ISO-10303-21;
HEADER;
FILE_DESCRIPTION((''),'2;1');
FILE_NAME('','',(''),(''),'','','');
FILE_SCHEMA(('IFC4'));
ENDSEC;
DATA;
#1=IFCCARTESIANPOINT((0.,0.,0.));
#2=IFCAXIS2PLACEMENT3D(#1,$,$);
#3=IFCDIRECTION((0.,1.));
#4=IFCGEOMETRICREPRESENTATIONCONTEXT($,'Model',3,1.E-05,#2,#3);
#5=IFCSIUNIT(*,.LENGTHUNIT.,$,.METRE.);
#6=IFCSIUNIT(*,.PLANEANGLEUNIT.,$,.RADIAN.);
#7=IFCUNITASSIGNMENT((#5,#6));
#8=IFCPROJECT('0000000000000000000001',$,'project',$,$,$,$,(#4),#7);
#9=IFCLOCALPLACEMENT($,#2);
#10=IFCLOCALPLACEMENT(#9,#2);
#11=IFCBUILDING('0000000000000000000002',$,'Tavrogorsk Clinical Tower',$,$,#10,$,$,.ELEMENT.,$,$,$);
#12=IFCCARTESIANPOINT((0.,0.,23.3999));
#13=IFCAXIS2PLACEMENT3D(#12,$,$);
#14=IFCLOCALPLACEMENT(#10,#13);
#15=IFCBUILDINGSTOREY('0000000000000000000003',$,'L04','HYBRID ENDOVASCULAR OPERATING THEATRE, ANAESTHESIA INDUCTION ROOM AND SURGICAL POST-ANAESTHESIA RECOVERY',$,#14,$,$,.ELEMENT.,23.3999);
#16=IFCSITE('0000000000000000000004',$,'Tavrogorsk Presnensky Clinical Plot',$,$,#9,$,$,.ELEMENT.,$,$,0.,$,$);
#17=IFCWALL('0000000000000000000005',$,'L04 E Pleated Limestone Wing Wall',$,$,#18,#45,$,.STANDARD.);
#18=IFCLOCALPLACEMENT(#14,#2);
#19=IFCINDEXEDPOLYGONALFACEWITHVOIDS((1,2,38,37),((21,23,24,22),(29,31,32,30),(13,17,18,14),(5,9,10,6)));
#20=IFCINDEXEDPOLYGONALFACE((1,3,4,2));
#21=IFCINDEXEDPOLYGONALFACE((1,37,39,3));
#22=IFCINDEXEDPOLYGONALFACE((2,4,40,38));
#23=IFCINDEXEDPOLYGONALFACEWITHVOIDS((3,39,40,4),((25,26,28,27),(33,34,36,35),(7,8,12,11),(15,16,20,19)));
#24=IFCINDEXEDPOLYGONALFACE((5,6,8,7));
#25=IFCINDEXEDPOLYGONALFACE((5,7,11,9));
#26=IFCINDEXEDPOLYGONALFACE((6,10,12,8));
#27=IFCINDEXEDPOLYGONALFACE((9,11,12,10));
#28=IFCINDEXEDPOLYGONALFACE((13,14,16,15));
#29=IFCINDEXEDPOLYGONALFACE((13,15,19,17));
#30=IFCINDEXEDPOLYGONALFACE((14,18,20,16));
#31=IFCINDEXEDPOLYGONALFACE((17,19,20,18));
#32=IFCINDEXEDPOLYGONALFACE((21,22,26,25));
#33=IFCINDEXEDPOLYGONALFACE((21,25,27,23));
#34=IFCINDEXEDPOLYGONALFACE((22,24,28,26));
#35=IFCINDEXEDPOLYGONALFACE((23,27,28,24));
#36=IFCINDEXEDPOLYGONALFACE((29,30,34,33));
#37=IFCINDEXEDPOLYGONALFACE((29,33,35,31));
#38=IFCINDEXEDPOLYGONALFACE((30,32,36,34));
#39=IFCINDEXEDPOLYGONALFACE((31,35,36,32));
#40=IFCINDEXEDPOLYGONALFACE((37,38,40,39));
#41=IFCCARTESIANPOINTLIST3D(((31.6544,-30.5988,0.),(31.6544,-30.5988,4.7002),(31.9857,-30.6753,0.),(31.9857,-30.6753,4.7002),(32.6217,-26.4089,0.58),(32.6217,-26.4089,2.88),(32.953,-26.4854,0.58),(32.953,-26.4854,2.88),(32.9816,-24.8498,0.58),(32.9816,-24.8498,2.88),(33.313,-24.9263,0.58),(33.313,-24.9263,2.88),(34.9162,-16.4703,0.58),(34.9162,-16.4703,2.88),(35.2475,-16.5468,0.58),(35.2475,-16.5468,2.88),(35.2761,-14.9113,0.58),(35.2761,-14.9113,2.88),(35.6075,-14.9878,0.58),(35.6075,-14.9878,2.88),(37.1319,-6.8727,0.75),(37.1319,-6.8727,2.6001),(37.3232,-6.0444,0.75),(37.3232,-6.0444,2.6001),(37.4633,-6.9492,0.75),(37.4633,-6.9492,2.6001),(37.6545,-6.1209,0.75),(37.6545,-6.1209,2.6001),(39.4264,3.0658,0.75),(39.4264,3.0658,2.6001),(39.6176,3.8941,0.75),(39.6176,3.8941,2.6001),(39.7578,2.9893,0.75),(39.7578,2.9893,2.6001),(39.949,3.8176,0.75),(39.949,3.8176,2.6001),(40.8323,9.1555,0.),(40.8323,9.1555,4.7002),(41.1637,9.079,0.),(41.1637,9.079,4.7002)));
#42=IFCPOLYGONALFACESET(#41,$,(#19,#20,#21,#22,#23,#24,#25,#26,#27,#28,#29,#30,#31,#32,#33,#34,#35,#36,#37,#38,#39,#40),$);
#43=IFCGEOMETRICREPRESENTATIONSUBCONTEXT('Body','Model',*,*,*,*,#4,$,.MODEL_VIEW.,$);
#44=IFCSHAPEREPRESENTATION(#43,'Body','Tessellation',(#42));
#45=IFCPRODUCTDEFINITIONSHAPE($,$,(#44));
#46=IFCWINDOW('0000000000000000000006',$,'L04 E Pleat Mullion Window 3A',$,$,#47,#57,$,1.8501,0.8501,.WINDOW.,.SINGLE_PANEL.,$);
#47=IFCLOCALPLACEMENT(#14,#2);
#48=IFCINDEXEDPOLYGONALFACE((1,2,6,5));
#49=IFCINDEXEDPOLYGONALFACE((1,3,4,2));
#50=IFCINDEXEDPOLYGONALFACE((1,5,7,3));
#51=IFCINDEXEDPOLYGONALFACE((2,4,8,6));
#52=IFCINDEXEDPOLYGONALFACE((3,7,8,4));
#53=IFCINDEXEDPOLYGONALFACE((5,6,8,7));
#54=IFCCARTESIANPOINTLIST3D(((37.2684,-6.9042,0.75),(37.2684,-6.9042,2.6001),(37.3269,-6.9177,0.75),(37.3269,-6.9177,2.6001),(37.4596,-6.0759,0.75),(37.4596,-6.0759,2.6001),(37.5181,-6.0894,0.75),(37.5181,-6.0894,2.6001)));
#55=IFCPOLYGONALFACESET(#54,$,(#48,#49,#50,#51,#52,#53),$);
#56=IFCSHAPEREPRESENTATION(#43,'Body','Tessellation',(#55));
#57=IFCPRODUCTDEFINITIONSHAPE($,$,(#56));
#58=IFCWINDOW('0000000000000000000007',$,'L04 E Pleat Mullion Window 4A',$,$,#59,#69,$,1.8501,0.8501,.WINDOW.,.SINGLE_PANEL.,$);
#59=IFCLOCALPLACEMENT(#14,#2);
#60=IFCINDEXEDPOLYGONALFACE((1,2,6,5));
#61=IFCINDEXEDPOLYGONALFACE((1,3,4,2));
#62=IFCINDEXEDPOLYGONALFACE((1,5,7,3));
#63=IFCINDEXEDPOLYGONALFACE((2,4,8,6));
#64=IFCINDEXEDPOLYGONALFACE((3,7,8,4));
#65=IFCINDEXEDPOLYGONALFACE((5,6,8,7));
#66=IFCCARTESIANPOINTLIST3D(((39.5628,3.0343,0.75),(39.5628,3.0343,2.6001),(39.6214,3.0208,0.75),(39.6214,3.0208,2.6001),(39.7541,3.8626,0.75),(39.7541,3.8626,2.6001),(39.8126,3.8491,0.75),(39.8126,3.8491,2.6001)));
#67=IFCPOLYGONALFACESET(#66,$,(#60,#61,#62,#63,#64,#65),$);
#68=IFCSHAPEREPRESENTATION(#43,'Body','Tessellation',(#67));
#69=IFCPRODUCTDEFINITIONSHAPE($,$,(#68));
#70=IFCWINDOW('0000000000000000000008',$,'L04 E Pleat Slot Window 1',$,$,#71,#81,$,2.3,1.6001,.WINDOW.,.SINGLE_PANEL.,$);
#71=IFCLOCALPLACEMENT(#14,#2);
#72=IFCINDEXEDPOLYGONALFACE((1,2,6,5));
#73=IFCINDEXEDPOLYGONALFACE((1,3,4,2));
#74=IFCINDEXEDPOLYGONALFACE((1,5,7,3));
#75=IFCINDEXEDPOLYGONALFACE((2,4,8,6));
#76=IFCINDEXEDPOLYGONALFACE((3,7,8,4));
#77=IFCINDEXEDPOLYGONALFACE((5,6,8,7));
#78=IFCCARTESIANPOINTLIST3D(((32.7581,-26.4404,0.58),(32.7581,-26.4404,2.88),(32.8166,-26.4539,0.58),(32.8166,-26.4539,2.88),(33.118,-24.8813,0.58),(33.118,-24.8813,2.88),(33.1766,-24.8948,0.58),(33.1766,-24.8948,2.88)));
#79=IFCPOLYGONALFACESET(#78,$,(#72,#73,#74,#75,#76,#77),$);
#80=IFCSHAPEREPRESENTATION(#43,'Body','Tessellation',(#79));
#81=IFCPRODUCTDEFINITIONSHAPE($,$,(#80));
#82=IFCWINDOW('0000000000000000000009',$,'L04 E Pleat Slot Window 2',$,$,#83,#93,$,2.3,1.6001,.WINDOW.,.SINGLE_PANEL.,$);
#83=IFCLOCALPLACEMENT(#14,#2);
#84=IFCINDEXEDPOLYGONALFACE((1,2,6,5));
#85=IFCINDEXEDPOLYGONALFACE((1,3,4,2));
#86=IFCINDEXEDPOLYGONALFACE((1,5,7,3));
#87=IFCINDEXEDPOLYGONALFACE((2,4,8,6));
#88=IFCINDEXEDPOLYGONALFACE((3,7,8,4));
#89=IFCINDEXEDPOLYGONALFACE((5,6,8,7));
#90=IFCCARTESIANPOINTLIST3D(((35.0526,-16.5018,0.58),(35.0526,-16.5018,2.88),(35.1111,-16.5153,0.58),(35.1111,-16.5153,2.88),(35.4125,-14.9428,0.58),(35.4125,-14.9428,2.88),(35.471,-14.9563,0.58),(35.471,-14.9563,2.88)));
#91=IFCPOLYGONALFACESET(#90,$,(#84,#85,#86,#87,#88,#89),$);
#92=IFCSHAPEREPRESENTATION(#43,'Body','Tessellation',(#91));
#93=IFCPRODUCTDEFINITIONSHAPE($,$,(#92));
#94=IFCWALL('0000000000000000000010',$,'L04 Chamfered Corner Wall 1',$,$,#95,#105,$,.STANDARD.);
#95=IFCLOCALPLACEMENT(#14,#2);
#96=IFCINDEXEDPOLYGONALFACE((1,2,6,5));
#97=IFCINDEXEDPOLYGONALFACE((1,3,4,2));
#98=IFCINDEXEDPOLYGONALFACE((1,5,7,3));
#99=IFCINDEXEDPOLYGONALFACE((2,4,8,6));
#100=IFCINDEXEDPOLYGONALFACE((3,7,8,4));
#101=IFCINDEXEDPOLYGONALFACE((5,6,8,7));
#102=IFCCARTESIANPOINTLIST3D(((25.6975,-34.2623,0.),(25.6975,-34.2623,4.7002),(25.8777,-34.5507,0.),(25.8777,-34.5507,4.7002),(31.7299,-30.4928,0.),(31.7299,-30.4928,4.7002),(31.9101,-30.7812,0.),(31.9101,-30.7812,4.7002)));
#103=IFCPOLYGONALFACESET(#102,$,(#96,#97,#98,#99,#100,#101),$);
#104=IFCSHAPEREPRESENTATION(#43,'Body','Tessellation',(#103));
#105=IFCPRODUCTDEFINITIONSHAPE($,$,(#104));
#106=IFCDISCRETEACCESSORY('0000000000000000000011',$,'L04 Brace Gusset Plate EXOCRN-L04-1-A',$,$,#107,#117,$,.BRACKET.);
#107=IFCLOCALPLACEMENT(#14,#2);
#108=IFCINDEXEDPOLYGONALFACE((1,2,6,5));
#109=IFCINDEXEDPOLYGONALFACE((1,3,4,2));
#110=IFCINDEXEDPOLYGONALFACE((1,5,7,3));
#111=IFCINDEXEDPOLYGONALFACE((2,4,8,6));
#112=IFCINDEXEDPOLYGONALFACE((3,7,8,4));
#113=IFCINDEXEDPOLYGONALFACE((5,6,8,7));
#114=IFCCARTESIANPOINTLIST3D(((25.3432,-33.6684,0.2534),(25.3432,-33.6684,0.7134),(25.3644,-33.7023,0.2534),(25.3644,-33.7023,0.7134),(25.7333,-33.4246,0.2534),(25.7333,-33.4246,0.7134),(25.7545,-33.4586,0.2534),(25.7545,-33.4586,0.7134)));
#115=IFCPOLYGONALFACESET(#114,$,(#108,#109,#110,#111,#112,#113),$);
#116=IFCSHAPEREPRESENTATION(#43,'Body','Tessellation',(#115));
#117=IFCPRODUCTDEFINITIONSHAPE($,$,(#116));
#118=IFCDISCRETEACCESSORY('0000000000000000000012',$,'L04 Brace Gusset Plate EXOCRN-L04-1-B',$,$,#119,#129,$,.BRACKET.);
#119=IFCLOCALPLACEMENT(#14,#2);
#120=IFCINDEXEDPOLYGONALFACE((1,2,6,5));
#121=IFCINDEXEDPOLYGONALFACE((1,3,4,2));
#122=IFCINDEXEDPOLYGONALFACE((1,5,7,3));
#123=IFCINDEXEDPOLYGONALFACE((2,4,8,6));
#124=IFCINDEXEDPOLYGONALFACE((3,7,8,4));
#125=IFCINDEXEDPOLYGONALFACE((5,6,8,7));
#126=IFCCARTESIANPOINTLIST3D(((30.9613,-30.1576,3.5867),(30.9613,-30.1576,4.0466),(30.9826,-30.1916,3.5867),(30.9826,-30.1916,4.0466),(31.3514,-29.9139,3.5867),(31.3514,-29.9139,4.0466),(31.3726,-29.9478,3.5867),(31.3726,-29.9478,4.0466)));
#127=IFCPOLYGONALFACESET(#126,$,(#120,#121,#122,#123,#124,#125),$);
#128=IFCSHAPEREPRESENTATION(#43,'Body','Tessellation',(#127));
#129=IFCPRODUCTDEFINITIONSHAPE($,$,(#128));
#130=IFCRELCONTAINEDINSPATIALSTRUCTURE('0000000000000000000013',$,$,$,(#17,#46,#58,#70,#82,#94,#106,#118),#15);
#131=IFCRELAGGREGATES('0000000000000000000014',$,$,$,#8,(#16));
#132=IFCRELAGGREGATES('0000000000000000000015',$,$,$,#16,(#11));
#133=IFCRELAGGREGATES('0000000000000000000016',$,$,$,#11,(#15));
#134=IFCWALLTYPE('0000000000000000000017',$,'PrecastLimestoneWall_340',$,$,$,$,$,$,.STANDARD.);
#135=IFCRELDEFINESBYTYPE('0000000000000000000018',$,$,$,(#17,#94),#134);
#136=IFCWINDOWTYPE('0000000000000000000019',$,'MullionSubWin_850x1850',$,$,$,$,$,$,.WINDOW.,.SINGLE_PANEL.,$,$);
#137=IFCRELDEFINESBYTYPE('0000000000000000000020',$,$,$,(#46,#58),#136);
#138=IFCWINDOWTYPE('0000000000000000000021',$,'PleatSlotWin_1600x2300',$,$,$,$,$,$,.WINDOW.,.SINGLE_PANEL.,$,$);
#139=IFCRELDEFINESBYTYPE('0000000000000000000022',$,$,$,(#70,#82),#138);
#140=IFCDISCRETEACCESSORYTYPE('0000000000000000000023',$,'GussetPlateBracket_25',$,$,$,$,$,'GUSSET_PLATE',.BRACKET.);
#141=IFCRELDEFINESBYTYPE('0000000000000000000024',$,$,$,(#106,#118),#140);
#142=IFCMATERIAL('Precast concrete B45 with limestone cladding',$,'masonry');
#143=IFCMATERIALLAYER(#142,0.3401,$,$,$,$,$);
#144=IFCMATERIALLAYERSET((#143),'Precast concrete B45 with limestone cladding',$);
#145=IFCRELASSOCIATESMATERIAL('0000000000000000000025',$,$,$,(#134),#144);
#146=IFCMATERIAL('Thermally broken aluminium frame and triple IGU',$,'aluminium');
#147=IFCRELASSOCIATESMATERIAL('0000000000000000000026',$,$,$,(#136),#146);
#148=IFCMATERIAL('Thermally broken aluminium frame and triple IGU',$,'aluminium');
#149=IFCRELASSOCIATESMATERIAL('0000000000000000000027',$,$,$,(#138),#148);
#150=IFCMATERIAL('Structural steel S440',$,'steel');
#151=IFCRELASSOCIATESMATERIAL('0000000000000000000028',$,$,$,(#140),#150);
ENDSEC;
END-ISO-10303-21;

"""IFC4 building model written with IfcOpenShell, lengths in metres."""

from ifc_helpers import new_model, si_unit, direction, frame, frame_2d, origin, origin_2d, place, context, subcontext, project, spatial, rectangle, extrude, material, layer, layer_set, type_object, element, fill, save


model = new_model("IFC4")

# Units and contexts
model_context = context("Model", 3, precision=1e-05, world=origin(), true_north=direction((0.0, 1.0)))
body_context = subcontext(model_context, "Body", "Model", "MODEL_VIEW")
ifc_project = project(units=[si_unit("LENGTHUNIT", "METRE"), si_unit("PLANEANGLEUNIT", "RADIAN")], contexts=[model_context])

# Site, building, storey
site_placement = place(None, origin())
site = spatial("IfcSite", under=ifc_project, at=site_placement, Name="Tavrogorsk Presnensky Clinical Plot", CompositionType="ELEMENT", RefElevation=0.0)
building_placement = place(site_placement, origin())
building = spatial("IfcBuilding", under=site, at=building_placement, Name="Tavrogorsk Clinical Tower", CompositionType="ELEMENT")
storey_placement = place(building_placement, frame((0.0, 0.0, 23.3999)))
storey = spatial("IfcBuildingStorey", under=building, at=storey_placement, Name="L04", Description="HYBRID ENDOVASCULAR OPERATING THEATRE, ANAESTHESIA INDUCTION ROOM AND SURGICAL POST-ANAESTHESIA RECOVERY", CompositionType="ELEMENT", Elevation=23.3999)

# Wall, openings, windows
ifc_material_1 = material(Name="Precast concrete B45 with limestone cladding", Category="masonry")
ifc_layer_1 = layer(ifc_material_1, 0.3401)
ifc_layer_set_1 = layer_set([ifc_layer_1], Name="Precast concrete B45 with limestone cladding")
wall_type_1 = type_object("IfcWallType", Name="PrecastLimestoneWall_340", PredefinedType="STANDARD", material=ifc_layer_set_1)
wall_1_placement = place(storey_placement, frame((31.8201, -30.637, 0.0), z_axis=(0.0, 0.0, 1.0), x_axis=(0.22495, 0.97437, 0.0)))
wall_1 = element("IfcWall", 1, at=wall_1_placement, inside=storey, type_object=wall_type_1, Name="L04 E Pleated Limestone Wing Wall", PredefinedType="STANDARD", context=body_context, shape_type="SweptSolid", body=[
    extrude(rectangle(XDim=40.8, YDim=0.3401, at=frame_2d((20.3999, 0.0))), origin(), (0.0, 0.0, 1.0), 4.7002),
])
opening_1_placement = place(wall_1_placement, frame((4.3, 0.0, 0.5801)))
opening_1 = element("IfcOpeningElement", 2, at=opening_1_placement, cuts=wall_1, PredefinedType="OPENING", context=body_context, shape_type="SweptSolid", body=[
    extrude(rectangle(XDim=1.6001, YDim=2.3, at=frame_2d((0.8, 1.1499))), frame((0.0, 0.1799, 0.0), z_axis=(0.0, -1.0, 0.0), x_axis=(1.0, 0.0, 0.0)), (0.0, 0.0, 1.0), 0.3601),
])
opening_2_placement = place(wall_1_placement, frame((14.5, 0.0, 0.5801)))
opening_2 = element("IfcOpeningElement", 3, at=opening_2_placement, cuts=wall_1, PredefinedType="OPENING", context=body_context, shape_type="SweptSolid", body=[
    extrude(rectangle(XDim=1.6001, YDim=2.3, at=frame_2d((0.8, 1.1499))), frame((0.0, 0.1799, 0.0), z_axis=(0.0, -1.0, 0.0), x_axis=(1.0, 0.0, 0.0)), (0.0, 0.0, 1.0), 0.3601),
])
opening_3_placement = place(wall_1_placement, frame((24.3501, 0.0, 0.75)))
opening_3 = element("IfcOpeningElement", 4, at=opening_3_placement, cuts=wall_1, PredefinedType="OPENING", context=body_context, shape_type="SweptSolid", body=[
    extrude(rectangle(XDim=0.8501, YDim=1.8501, at=frame_2d((0.425, 0.925))), frame((0.0, 0.1799, 0.0), z_axis=(0.0, -1.0, 0.0), x_axis=(1.0, 0.0, 0.0)), (0.0, 0.0, 1.0), 0.3601),
])
opening_4_placement = place(wall_1_placement, frame((34.55, 0.0, 0.75)))
opening_4 = element("IfcOpeningElement", 5, at=opening_4_placement, cuts=wall_1, PredefinedType="OPENING", context=body_context, shape_type="SweptSolid", body=[
    extrude(rectangle(XDim=0.8501, YDim=1.8501, at=frame_2d((0.425, 0.925))), frame((0.0, 0.1799, 0.0), z_axis=(0.0, -1.0, 0.0), x_axis=(1.0, 0.0, 0.0)), (0.0, 0.0, 1.0), 0.3601),
])
ifc_material_2 = material(Name="Thermally broken aluminium frame and triple IGU", Category="aluminium")
window_type_1 = type_object("IfcWindowType", Name="MullionSubWin_850x1850", PartitioningType="SINGLE_PANEL", PredefinedType="WINDOW", material=ifc_material_2)
window_1_placement = place(opening_3_placement, origin())
window_1 = element("IfcWindow", 6, at=window_1_placement, inside=storey, type_object=window_type_1, Name="L04 E Pleat Mullion Window 3A", OverallHeight=1.8501, OverallWidth=0.8501, PartitioningType="SINGLE_PANEL", PredefinedType="WINDOW", context=body_context, shape_type="SweptSolid", body=[
    extrude(rectangle(XDim=0.8501, YDim=1.8501, at=frame_2d((0.425, 0.925))), frame((0.0, 0.03, 0.0), z_axis=(0.0, -1.0, 0.0), x_axis=(1.0, 0.0, 0.0)), (0.0, 0.0, 1.0), 0.0601),
])
fill(opening_3, window_1)
window_2_placement = place(opening_4_placement, origin())
window_2 = element("IfcWindow", 7, at=window_2_placement, inside=storey, type_object=window_type_1, Name="L04 E Pleat Mullion Window 4A", OverallHeight=1.8501, OverallWidth=0.8501, PartitioningType="SINGLE_PANEL", PredefinedType="WINDOW", context=body_context, shape_type="SweptSolid", body=[
    extrude(rectangle(XDim=0.8501, YDim=1.8501, at=frame_2d((0.425, 0.925))), frame((0.0, 0.03, 0.0), z_axis=(0.0, -1.0, 0.0), x_axis=(1.0, 0.0, 0.0)), (0.0, 0.0, 1.0), 0.0601),
])
fill(opening_4, window_2)
ifc_material_3 = material(Name="Thermally broken aluminium frame and triple IGU", Category="aluminium")
window_type_2 = type_object("IfcWindowType", Name="PleatSlotWin_1600x2300", PartitioningType="SINGLE_PANEL", PredefinedType="WINDOW", material=ifc_material_3)
window_3_placement = place(opening_1_placement, origin())
window_3 = element("IfcWindow", 8, at=window_3_placement, inside=storey, type_object=window_type_2, Name="L04 E Pleat Slot Window 1", OverallHeight=2.3, OverallWidth=1.6001, PartitioningType="SINGLE_PANEL", PredefinedType="WINDOW", context=body_context, shape_type="SweptSolid", body=[
    extrude(rectangle(XDim=1.6001, YDim=2.3, at=frame_2d((0.8, 1.1499))), frame((0.0, 0.03, 0.0), z_axis=(0.0, -1.0, 0.0), x_axis=(1.0, 0.0, 0.0)), (0.0, 0.0, 1.0), 0.0601),
])
fill(opening_1, window_3)
window_4_placement = place(opening_2_placement, origin())
window_4 = element("IfcWindow", 9, at=window_4_placement, inside=storey, type_object=window_type_2, Name="L04 E Pleat Slot Window 2", OverallHeight=2.3, OverallWidth=1.6001, PartitioningType="SINGLE_PANEL", PredefinedType="WINDOW", context=body_context, shape_type="SweptSolid", body=[
    extrude(rectangle(XDim=1.6001, YDim=2.3, at=frame_2d((0.8, 1.1499))), frame((0.0, 0.03, 0.0), z_axis=(0.0, -1.0, 0.0), x_axis=(1.0, 0.0, 0.0)), (0.0, 0.0, 1.0), 0.0601),
])
fill(opening_2, window_4)

# Wall
wall_2_placement = place(storey_placement, frame((25.7876, -34.4065, 0.0), z_axis=(0.0, 0.0, 1.0), x_axis=(0.848047, 0.529922, 0.0)))
element("IfcWall", 10, at=wall_2_placement, inside=storey, type_object=wall_type_1, Name="L04 Chamfered Corner Wall 1", PredefinedType="STANDARD", context=body_context, shape_type="SweptSolid", body=[
    extrude(rectangle(XDim=7.1133, YDim=0.3401, at=frame_2d((3.5566, 0.0))), origin(), (0.0, 0.0, 1.0), 4.7002),
])

# Discrete accessories
ifc_material_4 = material(Name="Structural steel S440", Category="steel")
discrete_accessory_type = type_object("IfcDiscreteAccessoryType", Name="GussetPlateBracket_25", ElementType="GUSSET_PLATE", PredefinedType="BRACKET", material=ifc_material_4)
for number, where, z_axis, x_axis, name in (
    (11, (25.5488, -33.5635, 0.2534), (0.0, 0.0, 1.0), (0.848048, 0.529919, 0.0), "L04 Brace Gusset Plate EXOCRN-L04-1-A"),
    (12, (31.167, -30.0527, 3.5867), (0.0, 0.0, 1.0), (0.848048, 0.529919, 0.0), "L04 Brace Gusset Plate EXOCRN-L04-1-B"),
):
    element("IfcDiscreteAccessory", number, at=place(storey_placement, frame(where, z_axis=z_axis, x_axis=x_axis)), inside=storey, type_object=discrete_accessory_type, Name=name, PredefinedType="BRACKET", context=body_context, shape_type="SweptSolid", body=[
        extrude(rectangle(XDim=0.46, YDim=0.04, at=origin_2d()), origin(), (0.0, 0.0, 1.0), 0.46),
    ])

save(model, "model.ifc")
